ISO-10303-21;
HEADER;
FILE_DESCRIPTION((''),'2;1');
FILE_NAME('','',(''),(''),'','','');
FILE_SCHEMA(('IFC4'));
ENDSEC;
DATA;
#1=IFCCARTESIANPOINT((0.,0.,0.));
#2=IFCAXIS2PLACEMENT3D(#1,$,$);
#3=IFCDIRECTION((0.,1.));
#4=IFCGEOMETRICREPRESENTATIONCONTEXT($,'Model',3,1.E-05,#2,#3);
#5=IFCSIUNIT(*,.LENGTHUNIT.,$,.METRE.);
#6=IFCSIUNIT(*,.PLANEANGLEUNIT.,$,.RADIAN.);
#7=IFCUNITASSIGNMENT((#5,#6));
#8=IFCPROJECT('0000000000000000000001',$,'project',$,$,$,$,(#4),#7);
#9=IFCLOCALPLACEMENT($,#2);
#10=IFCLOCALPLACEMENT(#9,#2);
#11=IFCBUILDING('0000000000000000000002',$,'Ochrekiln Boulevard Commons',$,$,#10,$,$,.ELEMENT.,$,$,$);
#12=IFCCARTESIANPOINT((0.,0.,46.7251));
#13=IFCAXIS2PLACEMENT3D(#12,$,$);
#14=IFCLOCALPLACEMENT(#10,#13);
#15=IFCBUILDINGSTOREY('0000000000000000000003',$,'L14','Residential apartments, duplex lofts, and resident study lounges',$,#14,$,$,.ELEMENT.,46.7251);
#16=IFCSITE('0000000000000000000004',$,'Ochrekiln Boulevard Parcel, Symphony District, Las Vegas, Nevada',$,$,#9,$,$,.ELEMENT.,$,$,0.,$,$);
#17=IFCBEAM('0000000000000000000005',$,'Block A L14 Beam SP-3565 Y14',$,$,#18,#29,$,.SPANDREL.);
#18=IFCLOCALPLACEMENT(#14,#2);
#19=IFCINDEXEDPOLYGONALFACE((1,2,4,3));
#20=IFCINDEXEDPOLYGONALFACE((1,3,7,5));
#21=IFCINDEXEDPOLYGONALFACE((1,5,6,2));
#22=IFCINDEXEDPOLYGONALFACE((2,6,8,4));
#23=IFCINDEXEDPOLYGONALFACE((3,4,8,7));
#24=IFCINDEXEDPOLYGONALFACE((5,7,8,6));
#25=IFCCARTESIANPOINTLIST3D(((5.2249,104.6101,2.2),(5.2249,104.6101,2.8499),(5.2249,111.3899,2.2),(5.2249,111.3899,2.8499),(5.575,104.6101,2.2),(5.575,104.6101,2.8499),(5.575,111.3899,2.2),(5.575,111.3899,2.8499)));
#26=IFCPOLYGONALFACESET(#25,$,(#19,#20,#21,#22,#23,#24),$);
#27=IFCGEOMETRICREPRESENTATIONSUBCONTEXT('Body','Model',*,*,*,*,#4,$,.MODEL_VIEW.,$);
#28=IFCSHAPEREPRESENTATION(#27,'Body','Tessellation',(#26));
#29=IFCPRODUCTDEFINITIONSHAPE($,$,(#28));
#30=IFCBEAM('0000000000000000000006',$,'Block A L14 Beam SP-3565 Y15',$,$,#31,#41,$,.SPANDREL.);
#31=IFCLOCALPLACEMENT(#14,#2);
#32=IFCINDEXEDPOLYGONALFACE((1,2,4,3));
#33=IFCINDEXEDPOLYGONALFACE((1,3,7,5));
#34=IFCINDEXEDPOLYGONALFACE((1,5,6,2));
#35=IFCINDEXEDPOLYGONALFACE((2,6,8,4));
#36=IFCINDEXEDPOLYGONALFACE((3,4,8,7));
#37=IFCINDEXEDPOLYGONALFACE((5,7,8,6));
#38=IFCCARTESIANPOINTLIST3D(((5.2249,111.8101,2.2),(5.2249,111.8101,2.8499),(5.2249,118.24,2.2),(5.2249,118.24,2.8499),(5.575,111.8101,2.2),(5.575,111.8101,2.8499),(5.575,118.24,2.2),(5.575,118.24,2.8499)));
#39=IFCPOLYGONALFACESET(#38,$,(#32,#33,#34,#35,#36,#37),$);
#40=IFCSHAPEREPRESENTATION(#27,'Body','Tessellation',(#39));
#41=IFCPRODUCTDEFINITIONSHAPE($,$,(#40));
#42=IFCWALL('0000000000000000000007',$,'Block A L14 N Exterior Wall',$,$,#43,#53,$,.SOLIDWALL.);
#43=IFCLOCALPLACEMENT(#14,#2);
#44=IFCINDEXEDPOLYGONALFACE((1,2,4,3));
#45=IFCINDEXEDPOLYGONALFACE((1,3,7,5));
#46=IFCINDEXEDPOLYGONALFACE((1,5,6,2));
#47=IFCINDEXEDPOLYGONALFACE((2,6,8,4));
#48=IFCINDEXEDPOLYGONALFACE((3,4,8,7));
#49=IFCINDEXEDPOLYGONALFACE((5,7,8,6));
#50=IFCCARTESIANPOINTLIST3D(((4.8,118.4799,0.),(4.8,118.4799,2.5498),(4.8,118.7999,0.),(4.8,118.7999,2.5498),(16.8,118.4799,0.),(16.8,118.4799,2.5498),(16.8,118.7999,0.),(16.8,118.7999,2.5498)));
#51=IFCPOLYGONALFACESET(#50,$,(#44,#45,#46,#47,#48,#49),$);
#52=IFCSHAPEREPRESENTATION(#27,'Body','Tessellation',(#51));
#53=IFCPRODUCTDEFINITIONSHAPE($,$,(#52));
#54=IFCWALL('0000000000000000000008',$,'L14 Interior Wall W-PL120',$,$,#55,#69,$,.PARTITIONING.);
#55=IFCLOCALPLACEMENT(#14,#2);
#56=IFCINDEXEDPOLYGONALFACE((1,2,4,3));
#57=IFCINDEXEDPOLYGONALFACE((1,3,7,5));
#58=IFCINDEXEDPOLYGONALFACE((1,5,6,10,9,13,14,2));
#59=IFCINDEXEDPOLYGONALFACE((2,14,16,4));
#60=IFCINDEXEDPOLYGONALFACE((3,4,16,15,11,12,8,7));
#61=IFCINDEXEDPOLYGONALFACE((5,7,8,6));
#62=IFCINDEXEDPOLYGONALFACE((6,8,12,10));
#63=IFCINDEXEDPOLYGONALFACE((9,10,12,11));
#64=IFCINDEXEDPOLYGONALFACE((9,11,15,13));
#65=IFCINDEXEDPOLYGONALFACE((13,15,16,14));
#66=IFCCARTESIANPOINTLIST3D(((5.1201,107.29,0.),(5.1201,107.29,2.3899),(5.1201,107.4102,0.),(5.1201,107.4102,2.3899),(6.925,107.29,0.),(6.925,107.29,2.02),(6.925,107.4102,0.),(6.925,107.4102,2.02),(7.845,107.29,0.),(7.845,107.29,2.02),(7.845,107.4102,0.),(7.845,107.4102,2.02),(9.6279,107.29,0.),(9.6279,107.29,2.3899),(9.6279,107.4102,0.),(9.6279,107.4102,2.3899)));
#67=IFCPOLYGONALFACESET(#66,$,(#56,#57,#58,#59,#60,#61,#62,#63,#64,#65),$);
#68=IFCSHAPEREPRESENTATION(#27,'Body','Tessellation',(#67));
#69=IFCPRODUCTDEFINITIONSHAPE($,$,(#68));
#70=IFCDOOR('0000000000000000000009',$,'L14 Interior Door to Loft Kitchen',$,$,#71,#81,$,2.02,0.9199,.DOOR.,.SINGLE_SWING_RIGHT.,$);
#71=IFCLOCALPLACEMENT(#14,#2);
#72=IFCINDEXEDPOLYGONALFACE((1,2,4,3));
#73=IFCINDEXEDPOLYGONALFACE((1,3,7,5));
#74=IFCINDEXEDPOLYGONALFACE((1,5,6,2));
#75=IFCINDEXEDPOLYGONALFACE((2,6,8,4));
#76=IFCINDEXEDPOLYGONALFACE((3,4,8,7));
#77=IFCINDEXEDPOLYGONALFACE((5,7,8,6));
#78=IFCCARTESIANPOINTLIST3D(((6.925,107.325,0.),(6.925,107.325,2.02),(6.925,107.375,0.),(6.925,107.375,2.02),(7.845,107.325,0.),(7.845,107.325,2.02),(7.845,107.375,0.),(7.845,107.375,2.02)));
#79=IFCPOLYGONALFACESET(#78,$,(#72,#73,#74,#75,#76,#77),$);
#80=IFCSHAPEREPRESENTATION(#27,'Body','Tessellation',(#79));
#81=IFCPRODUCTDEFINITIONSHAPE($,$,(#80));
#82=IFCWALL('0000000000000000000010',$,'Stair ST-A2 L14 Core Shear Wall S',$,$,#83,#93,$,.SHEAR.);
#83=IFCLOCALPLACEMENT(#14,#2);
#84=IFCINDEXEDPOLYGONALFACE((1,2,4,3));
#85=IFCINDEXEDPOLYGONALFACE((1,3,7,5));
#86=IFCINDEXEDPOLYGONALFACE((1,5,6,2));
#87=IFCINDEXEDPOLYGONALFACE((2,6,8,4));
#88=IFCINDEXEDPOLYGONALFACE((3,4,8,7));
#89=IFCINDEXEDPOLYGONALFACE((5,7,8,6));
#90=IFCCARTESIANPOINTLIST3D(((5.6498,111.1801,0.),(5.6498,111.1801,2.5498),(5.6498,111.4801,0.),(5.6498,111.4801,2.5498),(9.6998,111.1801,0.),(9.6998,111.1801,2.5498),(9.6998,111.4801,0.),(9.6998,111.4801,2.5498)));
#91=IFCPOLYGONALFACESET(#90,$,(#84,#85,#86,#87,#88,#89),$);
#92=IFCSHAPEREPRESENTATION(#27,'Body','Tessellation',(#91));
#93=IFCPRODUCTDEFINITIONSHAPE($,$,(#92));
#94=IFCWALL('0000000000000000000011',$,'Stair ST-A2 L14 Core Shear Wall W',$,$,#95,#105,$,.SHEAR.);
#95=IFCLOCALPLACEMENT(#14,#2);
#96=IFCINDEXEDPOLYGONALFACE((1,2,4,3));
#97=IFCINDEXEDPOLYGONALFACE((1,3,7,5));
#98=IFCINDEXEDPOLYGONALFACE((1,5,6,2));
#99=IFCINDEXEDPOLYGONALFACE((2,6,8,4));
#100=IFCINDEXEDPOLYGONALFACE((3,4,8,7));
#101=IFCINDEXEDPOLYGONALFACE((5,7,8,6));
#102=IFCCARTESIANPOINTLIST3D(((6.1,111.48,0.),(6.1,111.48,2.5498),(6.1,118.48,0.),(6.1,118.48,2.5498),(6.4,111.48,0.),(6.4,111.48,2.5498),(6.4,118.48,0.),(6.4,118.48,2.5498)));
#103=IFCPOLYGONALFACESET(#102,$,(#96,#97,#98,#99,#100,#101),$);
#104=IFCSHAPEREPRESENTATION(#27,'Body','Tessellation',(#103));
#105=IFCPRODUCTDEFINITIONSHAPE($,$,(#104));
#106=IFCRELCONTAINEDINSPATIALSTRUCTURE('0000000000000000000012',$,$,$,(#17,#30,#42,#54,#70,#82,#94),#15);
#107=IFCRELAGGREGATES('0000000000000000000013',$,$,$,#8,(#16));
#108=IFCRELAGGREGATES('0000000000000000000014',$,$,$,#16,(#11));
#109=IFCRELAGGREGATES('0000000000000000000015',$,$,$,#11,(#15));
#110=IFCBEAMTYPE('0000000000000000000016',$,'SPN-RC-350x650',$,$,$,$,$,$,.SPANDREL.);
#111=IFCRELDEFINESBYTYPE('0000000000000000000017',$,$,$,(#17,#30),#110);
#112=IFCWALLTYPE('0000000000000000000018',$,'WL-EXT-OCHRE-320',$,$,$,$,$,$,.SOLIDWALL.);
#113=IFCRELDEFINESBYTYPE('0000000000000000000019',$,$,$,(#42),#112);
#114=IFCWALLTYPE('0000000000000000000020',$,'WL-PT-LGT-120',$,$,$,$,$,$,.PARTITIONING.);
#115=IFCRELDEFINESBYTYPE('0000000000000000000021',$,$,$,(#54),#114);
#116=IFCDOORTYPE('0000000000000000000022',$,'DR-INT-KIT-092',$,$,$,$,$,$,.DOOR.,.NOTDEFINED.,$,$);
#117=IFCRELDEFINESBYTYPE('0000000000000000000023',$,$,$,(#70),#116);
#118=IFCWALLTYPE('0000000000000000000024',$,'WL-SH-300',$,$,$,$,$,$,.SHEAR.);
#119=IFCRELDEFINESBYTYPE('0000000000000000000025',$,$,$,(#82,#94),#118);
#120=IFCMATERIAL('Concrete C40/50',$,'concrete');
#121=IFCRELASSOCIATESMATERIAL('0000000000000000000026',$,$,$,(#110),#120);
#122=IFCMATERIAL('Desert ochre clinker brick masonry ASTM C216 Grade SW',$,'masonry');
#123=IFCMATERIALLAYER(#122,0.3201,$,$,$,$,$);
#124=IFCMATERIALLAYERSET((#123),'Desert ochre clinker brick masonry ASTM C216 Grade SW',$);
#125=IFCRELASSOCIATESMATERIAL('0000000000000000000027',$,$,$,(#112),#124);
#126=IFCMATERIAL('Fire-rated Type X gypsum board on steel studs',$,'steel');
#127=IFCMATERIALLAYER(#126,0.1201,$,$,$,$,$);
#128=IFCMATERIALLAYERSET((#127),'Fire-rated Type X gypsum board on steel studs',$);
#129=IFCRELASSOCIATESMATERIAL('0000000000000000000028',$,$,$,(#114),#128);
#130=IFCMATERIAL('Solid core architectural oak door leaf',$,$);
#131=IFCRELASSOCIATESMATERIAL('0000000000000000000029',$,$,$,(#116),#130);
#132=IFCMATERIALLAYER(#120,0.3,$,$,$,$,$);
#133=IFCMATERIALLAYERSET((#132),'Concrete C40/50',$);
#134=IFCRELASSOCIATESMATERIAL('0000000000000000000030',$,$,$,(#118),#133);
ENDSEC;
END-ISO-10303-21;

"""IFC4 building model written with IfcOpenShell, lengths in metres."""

from ifc_helpers import new_model, si_unit, direction, frame, frame_2d, origin, origin_2d, place, context, subcontext, project, spatial, rectangle, extrude, material, layer, layer_set, material_profile, profile_set, type_object, element, fill, save


model = new_model("IFC4")

# Units and contexts
model_context = context("Model", 3, precision=1e-05, world=origin(), true_north=direction((0.0, 1.0)))
body_context = subcontext(model_context, "Body", "Model", "MODEL_VIEW")
ifc_project = project(units=[si_unit("LENGTHUNIT", "METRE"), si_unit("PLANEANGLEUNIT", "RADIAN")], contexts=[model_context])

# Site, building, storey
site_placement = place(None, origin())
site = spatial("IfcSite", under=ifc_project, at=site_placement, Name="Ochrekiln Boulevard Parcel, Symphony District, Las Vegas, Nevada", CompositionType="ELEMENT", RefElevation=0.0)
building_placement = place(site_placement, origin())
building = spatial("IfcBuilding", under=site, at=building_placement, Name="Ochrekiln Boulevard Commons", CompositionType="ELEMENT")
storey_placement = place(building_placement, frame((0.0, 0.0, 46.7251)))
storey = spatial("IfcBuildingStorey", under=building, at=storey_placement, Name="L14", Description="Residential apartments, duplex lofts, and resident study lounges", CompositionType="ELEMENT", Elevation=46.7251)

# Shared definitions
ifc_material_1 = material(Name="Concrete C40/50", Category="concrete")

# Beams
ifc_material_profile_1 = material_profile(ifc_material_1, rectangle(XDim=0.3501, YDim=0.6499, at=origin_2d()), Name="RC-SPN-350x650")
ifc_profile_set_1 = profile_set([ifc_material_profile_1], Name="Concrete C40/50")
beam_type_1 = type_object("IfcBeamType", Name="SPN-RC-350x650", PredefinedType="SPANDREL", material=ifc_profile_set_1)
beam_1_placement = place(storey_placement, frame((5.3999, 104.6101, 2.5249), z_axis=(0.0, 1.0, 0.0), x_axis=(-1.0, 0.0, 0.0)))
element("IfcBeam", 1, at=beam_1_placement, inside=storey, type_object=beam_type_1, Name="Block A L14 Beam SP-3565 Y14", PredefinedType="SPANDREL", context=body_context, shape_type="SweptSolid", body=[
    extrude(rectangle(XDim=0.3501, YDim=0.6499, at=origin_2d()), origin(), (0.0, 0.0, 1.0), 6.7798),
])
beam_2_placement = place(storey_placement, frame((5.3999, 111.8101, 2.5249), z_axis=(0.0, 1.0, 0.0), x_axis=(-1.0, 0.0, 0.0)))
element("IfcBeam", 2, at=beam_2_placement, inside=storey, type_object=beam_type_1, Name="Block A L14 Beam SP-3565 Y15", PredefinedType="SPANDREL", context=body_context, shape_type="SweptSolid", body=[
    extrude(rectangle(XDim=0.3501, YDim=0.6499, at=origin_2d()), origin(), (0.0, 0.0, 1.0), 6.4299),
])

# Wall
ifc_material_2 = material(Name="Desert ochre clinker brick masonry ASTM C216 Grade SW", Category="masonry")
ifc_layer_1 = layer(ifc_material_2, 0.3201)
ifc_layer_set_1 = layer_set([ifc_layer_1], Name="Desert ochre clinker brick masonry ASTM C216 Grade SW")
wall_type_1 = type_object("IfcWallType", Name="WL-EXT-OCHRE-320", PredefinedType="SOLIDWALL", material=ifc_layer_set_1)
wall_1_placement = place(storey_placement, frame((4.8, 118.6399, 0.0), z_axis=(0.0, 0.0, 1.0), x_axis=(1.0, 0.0, 0.0)))
element("IfcWall", 3, at=wall_1_placement, inside=storey, type_object=wall_type_1, Name="Block A L14 N Exterior Wall", PredefinedType="SOLIDWALL", context=body_context, shape_type="SweptSolid", body=[
    extrude(rectangle(XDim=12.0, YDim=0.3201, at=frame_2d((6.0, 0.0))), origin(), (0.0, 0.0, 1.0), 2.5498),
])

# Wall, opening, door
ifc_material_3 = material(Name="Fire-rated Type X gypsum board on steel studs", Category="steel")
ifc_layer_2 = layer(ifc_material_3, 0.1201)
ifc_layer_set_2 = layer_set([ifc_layer_2], Name="Fire-rated Type X gypsum board on steel studs")
wall_type_2 = type_object("IfcWallType", Name="WL-PT-LGT-120", PredefinedType="PARTITIONING", material=ifc_layer_set_2)
wall_2_placement = place(storey_placement, frame((5.1201, 107.3501, 0.0), z_axis=(0.0, 0.0, 1.0), x_axis=(1.0, 0.0, 0.0)))
wall_2 = element("IfcWall", 4, at=wall_2_placement, inside=storey, type_object=wall_type_2, Name="L14 Interior Wall W-PL120", PredefinedType="PARTITIONING", context=body_context, shape_type="SweptSolid", body=[
    extrude(rectangle(XDim=4.5078, YDim=0.1201, at=frame_2d((2.2539, 0.0))), origin(), (0.0, 0.0, 1.0), 2.3899),
])
opening_placement = place(wall_2_placement, frame((1.8049, 0.0, 0.0)))
opening = element("IfcOpeningElement", 5, at=opening_placement, cuts=wall_2, PredefinedType="OPENING", context=body_context, shape_type="SweptSolid", body=[
    extrude(rectangle(XDim=0.9199, YDim=2.02, at=frame_2d((0.46, 1.01))), frame((0.0, 0.0701, 0.0), z_axis=(0.0, -1.0, 0.0), x_axis=(1.0, 0.0, 0.0)), (0.0, 0.0, 1.0), 0.1401),
])
ifc_material_4 = material(Name="Solid core architectural oak door leaf")
door_type = type_object("IfcDoorType", Name="DR-INT-KIT-092", OperationType="NOTDEFINED", PredefinedType="DOOR", material=ifc_material_4)
door_placement = place(opening_placement, origin())
door = element("IfcDoor", 6, at=door_placement, inside=storey, type_object=door_type, Name="L14 Interior Door to Loft Kitchen", OperationType="SINGLE_SWING_RIGHT", OverallHeight=2.02, OverallWidth=0.9199, PredefinedType="DOOR", context=body_context, shape_type="SweptSolid", body=[
    extrude(rectangle(XDim=0.9199, YDim=2.02, at=frame_2d((0.46, 1.01))), frame((0.0, 0.0249, 0.0), z_axis=(0.0, -1.0, 0.0), x_axis=(1.0, 0.0, 0.0)), (0.0, 0.0, 1.0), 0.05),
])
fill(opening, door)

# Walls
ifc_layer_3 = layer(ifc_material_1, 0.3)
ifc_layer_set_3 = layer_set([ifc_layer_3], Name="Concrete C40/50")
wall_type_3 = type_object("IfcWallType", Name="WL-SH-300", PredefinedType="SHEAR", material=ifc_layer_set_3)
wall_3_placement = place(storey_placement, frame((5.6499, 111.3301, 0.0), z_axis=(0.0, 0.0, 1.0), x_axis=(1.0, 0.0, 0.0)))
element("IfcWall", 7, at=wall_3_placement, inside=storey, type_object=wall_type_3, Name="Stair ST-A2 L14 Core Shear Wall S", PredefinedType="SHEAR", context=body_context, shape_type="SweptSolid", body=[
    extrude(rectangle(XDim=4.05, YDim=0.3, at=frame_2d((2.0249, 0.0))), origin(), (0.0, 0.0, 1.0), 2.5498),
])
wall_4_placement = place(storey_placement, frame((6.25, 111.48, 0.0), z_axis=(0.0, 0.0, 1.0), x_axis=(0.0, 1.0, 0.0)))
element("IfcWall", 8, at=wall_4_placement, inside=storey, type_object=wall_type_3, Name="Stair ST-A2 L14 Core Shear Wall W", PredefinedType="SHEAR", context=body_context, shape_type="SweptSolid", body=[
    extrude(rectangle(XDim=7.0, YDim=0.3, at=frame_2d((3.5, 0.0))), origin(), (0.0, 0.0, 1.0), 2.5498),
])

save(model, "model.ifc")
